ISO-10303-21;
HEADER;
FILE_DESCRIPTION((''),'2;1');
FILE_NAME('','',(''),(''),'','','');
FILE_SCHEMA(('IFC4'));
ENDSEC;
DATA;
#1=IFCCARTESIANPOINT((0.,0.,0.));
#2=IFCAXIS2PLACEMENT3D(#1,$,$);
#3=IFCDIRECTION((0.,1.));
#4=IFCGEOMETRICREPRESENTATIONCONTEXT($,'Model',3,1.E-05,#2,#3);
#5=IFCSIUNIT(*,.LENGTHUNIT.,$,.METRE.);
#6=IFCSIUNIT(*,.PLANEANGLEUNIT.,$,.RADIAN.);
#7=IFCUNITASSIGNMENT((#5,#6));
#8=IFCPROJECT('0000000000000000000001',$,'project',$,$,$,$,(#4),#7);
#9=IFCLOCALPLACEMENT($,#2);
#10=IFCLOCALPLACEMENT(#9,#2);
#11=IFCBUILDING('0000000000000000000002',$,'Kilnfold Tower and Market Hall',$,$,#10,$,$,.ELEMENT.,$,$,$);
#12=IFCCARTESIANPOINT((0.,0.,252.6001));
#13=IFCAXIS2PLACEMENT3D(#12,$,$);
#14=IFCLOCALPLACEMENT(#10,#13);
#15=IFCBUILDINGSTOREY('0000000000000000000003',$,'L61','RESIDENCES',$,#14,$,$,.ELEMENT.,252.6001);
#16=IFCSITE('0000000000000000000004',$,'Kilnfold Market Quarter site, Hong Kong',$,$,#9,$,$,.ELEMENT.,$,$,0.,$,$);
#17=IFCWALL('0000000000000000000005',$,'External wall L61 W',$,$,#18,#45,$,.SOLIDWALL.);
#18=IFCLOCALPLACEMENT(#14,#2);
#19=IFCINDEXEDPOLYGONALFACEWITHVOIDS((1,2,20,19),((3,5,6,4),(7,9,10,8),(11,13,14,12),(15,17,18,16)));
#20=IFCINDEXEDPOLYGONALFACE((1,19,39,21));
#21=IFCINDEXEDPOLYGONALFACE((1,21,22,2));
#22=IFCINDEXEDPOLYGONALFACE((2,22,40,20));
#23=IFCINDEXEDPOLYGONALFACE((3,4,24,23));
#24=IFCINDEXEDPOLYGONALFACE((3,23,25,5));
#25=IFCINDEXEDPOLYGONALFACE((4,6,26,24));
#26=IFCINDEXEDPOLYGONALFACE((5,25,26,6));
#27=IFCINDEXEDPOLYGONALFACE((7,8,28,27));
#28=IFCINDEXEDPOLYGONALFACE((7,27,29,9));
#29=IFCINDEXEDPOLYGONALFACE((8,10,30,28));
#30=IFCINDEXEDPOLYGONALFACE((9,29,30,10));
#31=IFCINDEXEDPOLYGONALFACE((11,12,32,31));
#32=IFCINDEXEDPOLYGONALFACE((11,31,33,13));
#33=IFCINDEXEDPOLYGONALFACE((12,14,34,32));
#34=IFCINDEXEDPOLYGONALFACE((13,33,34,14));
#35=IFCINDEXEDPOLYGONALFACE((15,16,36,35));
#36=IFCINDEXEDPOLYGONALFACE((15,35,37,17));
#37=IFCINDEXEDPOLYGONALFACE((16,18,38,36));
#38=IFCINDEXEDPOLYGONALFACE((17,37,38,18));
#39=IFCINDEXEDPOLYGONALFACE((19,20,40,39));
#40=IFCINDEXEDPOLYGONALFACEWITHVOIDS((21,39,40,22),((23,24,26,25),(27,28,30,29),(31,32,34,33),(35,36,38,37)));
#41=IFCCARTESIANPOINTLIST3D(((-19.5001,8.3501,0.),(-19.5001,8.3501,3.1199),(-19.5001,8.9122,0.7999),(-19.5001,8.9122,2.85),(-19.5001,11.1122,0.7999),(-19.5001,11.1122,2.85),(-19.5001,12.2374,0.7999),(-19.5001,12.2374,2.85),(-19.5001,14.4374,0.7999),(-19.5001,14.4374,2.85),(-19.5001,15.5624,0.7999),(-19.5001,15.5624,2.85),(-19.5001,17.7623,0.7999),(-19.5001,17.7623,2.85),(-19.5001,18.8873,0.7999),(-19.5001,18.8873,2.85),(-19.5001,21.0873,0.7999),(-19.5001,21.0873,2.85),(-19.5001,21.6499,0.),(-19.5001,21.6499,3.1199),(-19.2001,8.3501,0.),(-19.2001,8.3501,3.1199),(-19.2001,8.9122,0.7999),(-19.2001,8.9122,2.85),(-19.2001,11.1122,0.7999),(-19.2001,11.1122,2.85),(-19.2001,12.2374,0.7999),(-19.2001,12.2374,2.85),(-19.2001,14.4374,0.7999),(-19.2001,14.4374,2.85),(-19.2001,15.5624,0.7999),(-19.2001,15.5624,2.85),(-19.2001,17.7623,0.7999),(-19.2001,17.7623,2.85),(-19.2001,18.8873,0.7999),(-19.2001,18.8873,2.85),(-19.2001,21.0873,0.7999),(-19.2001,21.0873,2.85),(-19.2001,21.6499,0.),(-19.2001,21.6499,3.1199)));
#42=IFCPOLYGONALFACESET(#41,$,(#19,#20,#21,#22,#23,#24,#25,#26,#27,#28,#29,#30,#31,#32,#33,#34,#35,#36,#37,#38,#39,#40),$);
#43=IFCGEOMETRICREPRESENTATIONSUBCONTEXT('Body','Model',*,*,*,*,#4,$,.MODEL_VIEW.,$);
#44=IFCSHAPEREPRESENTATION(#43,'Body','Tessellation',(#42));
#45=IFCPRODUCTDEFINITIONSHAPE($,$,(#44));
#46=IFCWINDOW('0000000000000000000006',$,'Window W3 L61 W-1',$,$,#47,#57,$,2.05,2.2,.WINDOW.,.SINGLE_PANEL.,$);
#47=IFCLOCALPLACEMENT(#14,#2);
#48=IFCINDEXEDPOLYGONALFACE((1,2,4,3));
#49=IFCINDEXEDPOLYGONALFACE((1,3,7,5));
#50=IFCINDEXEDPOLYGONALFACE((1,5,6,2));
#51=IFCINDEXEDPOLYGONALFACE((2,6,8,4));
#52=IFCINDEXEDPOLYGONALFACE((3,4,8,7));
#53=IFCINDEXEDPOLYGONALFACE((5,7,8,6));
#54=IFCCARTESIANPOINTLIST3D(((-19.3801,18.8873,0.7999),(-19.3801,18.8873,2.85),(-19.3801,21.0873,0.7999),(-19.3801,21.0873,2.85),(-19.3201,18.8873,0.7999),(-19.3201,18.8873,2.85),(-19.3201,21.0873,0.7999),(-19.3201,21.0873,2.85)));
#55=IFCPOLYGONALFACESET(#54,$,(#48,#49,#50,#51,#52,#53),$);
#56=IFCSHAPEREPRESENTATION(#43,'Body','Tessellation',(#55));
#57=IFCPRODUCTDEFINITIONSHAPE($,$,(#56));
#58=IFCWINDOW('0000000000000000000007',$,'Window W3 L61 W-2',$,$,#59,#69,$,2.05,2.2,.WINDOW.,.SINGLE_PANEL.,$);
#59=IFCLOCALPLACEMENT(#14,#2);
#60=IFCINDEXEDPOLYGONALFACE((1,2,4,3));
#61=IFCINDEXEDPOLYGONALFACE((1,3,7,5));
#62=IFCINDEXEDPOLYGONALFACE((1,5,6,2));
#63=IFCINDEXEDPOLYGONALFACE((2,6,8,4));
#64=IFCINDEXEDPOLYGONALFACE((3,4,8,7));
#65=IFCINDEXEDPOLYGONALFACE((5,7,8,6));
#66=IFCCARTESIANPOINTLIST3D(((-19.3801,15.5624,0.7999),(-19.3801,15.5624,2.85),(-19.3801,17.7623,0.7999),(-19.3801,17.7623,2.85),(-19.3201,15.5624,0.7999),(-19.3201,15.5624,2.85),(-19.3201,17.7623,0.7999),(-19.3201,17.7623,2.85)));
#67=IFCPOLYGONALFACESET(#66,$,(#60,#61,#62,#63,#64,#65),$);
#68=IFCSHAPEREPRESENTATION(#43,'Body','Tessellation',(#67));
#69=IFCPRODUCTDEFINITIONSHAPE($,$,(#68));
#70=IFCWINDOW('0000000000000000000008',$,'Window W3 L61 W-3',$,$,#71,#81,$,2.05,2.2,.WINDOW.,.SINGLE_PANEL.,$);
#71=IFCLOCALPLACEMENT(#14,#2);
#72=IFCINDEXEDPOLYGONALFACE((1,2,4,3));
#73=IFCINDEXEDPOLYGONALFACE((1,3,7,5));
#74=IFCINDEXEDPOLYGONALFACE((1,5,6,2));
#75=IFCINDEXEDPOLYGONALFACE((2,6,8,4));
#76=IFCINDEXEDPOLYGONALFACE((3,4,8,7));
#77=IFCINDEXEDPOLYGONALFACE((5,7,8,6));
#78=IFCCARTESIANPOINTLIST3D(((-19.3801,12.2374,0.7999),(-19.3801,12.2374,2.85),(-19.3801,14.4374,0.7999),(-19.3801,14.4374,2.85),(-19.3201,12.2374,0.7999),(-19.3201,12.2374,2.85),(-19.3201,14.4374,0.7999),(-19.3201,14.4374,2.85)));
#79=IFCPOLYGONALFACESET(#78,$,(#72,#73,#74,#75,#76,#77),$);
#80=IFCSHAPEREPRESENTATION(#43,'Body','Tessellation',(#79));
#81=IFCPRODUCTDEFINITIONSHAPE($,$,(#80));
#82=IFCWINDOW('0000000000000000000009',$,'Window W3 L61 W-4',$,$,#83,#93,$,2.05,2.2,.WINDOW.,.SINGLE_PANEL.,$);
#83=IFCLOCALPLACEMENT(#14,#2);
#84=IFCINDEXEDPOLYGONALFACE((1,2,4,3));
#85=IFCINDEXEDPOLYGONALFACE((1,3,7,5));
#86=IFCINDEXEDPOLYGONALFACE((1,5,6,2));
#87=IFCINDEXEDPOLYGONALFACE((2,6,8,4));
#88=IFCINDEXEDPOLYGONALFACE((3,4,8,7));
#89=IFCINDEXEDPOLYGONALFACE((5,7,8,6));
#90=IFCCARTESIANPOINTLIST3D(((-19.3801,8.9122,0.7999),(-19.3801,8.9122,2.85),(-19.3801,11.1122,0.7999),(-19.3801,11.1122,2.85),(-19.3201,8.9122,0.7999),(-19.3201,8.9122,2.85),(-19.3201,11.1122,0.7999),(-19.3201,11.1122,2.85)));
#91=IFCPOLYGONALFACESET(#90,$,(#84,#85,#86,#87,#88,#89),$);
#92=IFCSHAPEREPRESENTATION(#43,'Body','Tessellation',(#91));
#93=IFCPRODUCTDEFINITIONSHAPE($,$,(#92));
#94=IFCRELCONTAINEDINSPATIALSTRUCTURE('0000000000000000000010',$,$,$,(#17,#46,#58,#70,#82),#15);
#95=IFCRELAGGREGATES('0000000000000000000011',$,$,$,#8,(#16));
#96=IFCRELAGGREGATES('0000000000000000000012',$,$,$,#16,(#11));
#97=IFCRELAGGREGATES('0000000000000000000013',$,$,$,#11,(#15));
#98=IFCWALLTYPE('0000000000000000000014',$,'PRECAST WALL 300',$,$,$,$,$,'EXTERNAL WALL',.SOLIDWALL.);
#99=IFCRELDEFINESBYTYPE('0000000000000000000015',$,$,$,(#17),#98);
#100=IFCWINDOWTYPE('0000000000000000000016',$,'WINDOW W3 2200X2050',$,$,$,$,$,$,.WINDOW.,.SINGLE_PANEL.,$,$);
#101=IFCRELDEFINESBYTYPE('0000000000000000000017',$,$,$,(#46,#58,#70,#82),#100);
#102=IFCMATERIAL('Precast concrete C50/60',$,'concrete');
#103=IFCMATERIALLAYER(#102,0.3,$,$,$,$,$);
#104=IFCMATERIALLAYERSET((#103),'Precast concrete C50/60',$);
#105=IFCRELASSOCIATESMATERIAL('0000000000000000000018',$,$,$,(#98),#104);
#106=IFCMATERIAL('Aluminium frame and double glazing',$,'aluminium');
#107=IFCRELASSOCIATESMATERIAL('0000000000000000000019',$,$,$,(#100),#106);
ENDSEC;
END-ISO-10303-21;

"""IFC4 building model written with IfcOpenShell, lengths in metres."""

from ifc_helpers import new_model, si_unit, direction, frame, frame_2d, origin, place, context, subcontext, project, spatial, rectangle, extrude, source, transform, mapped, material, layer, layer_set, type_object, element, fill, save


model = new_model("IFC4")

# Units and contexts
model_context = context("Model", 3, precision=1e-05, world=origin(), true_north=direction((0.0, 1.0)))
body_context = subcontext(model_context, "Body", "Model", "MODEL_VIEW")
ifc_project = project(units=[si_unit("LENGTHUNIT", "METRE"), si_unit("PLANEANGLEUNIT", "RADIAN")], contexts=[model_context])

# Site, building, storey
site_placement = place(None, origin())
site = spatial("IfcSite", under=ifc_project, at=site_placement, Name="Kilnfold Market Quarter site, Hong Kong", CompositionType="ELEMENT", RefElevation=0.0)
building_placement = place(site_placement, origin())
building = spatial("IfcBuilding", under=site, at=building_placement, Name="Kilnfold Tower and Market Hall", CompositionType="ELEMENT")
storey_placement = place(building_placement, frame((0.0, 0.0, 252.6001)))
storey = spatial("IfcBuildingStorey", under=building, at=storey_placement, Name="L61", Description="RESIDENCES", CompositionType="ELEMENT", Elevation=252.6001)

# Wall, openings, windows
ifc_material_1 = material(Name="Precast concrete C50/60", Category="concrete")
ifc_layer_1 = layer(ifc_material_1, 0.3)
ifc_layer_set_1 = layer_set([ifc_layer_1], Name="Precast concrete C50/60")
wall_type_1 = type_object("IfcWallType", Name="PRECAST WALL 300", ElementType="EXTERNAL WALL", PredefinedType="SOLIDWALL", material=ifc_layer_set_1)
shared_shape_1 = source(origin(), body_context, "Body", "SweptSolid", [
    extrude(rectangle(XDim=13.2998, YDim=0.3, at=frame_2d((6.6499, 0.0))), origin(), (0.0, 0.0, 1.0), 3.1199),
])
wall_1_placement = place(storey_placement, frame((-19.3501, 21.6499, 0.0), z_axis=(0.0, 0.0, 1.0), x_axis=(0.0, -1.0, 0.0)))
wall_1 = element("IfcWall", 1, at=wall_1_placement, inside=storey, type_object=wall_type_1, Name="External wall L61 W", PredefinedType="SOLIDWALL", context=body_context, shape_type="MappedRepresentation", body=[
    mapped(shared_shape_1, transform((0.0, 0.0, 0.0))),
])
opening_1_placement = place(wall_1_placement, frame((0.5625, 0.0, 0.8)))
opening_1 = element("IfcOpeningElement", 2, at=opening_1_placement, cuts=wall_1, PredefinedType="OPENING", context=body_context, shape_type="SweptSolid", body=[
    extrude(rectangle(XDim=2.2, YDim=2.05, at=frame_2d((1.1001, 1.0249))), frame((0.0, 0.1602, 0.0), z_axis=(0.0, -1.0, 0.0), x_axis=(1.0, 0.0, 0.0)), (0.0, 0.0, 1.0), 0.3201),
])
opening_2_placement = place(wall_1_placement, frame((3.8875, 0.0, 0.8)))
opening_2 = element("IfcOpeningElement", 3, at=opening_2_placement, cuts=wall_1, PredefinedType="OPENING", context=body_context, shape_type="SweptSolid", body=[
    extrude(rectangle(XDim=2.2, YDim=2.05, at=frame_2d((1.1001, 1.0249))), frame((0.0, 0.1602, 0.0), z_axis=(0.0, -1.0, 0.0), x_axis=(1.0, 0.0, 0.0)), (0.0, 0.0, 1.0), 0.3201),
])
opening_3_placement = place(wall_1_placement, frame((7.2124, 0.0, 0.8)))
opening_3 = element("IfcOpeningElement", 4, at=opening_3_placement, cuts=wall_1, PredefinedType="OPENING", context=body_context, shape_type="SweptSolid", body=[
    extrude(rectangle(XDim=2.2, YDim=2.05, at=frame_2d((1.1001, 1.0249))), frame((0.0, 0.1602, 0.0), z_axis=(0.0, -1.0, 0.0), x_axis=(1.0, 0.0, 0.0)), (0.0, 0.0, 1.0), 0.3201),
])
opening_4_placement = place(wall_1_placement, frame((10.5376, 0.0, 0.8)))
opening_4 = element("IfcOpeningElement", 5, at=opening_4_placement, cuts=wall_1, PredefinedType="OPENING", context=body_context, shape_type="SweptSolid", body=[
    extrude(rectangle(XDim=2.2, YDim=2.05, at=frame_2d((1.1001, 1.0249))), frame((0.0, 0.1602, 0.0), z_axis=(0.0, -1.0, 0.0), x_axis=(1.0, 0.0, 0.0)), (0.0, 0.0, 1.0), 0.3201),
])
ifc_material_2 = material(Name="Aluminium frame and double glazing", Category="aluminium")
window_type = type_object("IfcWindowType", Name="WINDOW W3 2200X2050", PartitioningType="SINGLE_PANEL", PredefinedType="WINDOW", material=ifc_material_2)
window_1_placement = place(opening_1_placement, origin())
window_1 = element("IfcWindow", 6, at=window_1_placement, inside=storey, type_object=window_type, Name="Window W3 L61 W-1", OverallHeight=2.05, OverallWidth=2.2, PartitioningType="SINGLE_PANEL", PredefinedType="WINDOW", context=body_context, shape_type="SweptSolid", body=[
    extrude(rectangle(XDim=2.2, YDim=2.05, at=frame_2d((1.1001, 1.0249))), frame((0.0, 0.03, 0.0), z_axis=(0.0, -1.0, 0.0), x_axis=(1.0, 0.0, 0.0)), (0.0, 0.0, 1.0), 0.0601),
])
fill(opening_1, window_1)
window_2_placement = place(opening_2_placement, origin())
window_2 = element("IfcWindow", 7, at=window_2_placement, inside=storey, type_object=window_type, Name="Window W3 L61 W-2", OverallHeight=2.05, OverallWidth=2.2, PartitioningType="SINGLE_PANEL", PredefinedType="WINDOW", context=body_context, shape_type="SweptSolid", body=[
    extrude(rectangle(XDim=2.2, YDim=2.05, at=frame_2d((1.1001, 1.0249))), frame((0.0, 0.03, 0.0), z_axis=(0.0, -1.0, 0.0), x_axis=(1.0, 0.0, 0.0)), (0.0, 0.0, 1.0), 0.0601),
])
fill(opening_2, window_2)
window_3_placement = place(opening_3_placement, origin())
window_3 = element("IfcWindow", 8, at=window_3_placement, inside=storey, type_object=window_type, Name="Window W3 L61 W-3", OverallHeight=2.05, OverallWidth=2.2, PartitioningType="SINGLE_PANEL", PredefinedType="WINDOW", context=body_context, shape_type="SweptSolid", body=[
    extrude(rectangle(XDim=2.2, YDim=2.05, at=frame_2d((1.1001, 1.0249))), frame((0.0, 0.03, 0.0), z_axis=(0.0, -1.0, 0.0), x_axis=(1.0, 0.0, 0.0)), (0.0, 0.0, 1.0), 0.0601),
])
fill(opening_3, window_3)
window_4_placement = place(opening_4_placement, origin())
window_4 = element("IfcWindow", 9, at=window_4_placement, inside=storey, type_object=window_type, Name="Window W3 L61 W-4", OverallHeight=2.05, OverallWidth=2.2, PartitioningType="SINGLE_PANEL", PredefinedType="WINDOW", context=body_context, shape_type="SweptSolid", body=[
    extrude(rectangle(XDim=2.2, YDim=2.05, at=frame_2d((1.1001, 1.0249))), frame((0.0, 0.03, 0.0), z_axis=(0.0, -1.0, 0.0), x_axis=(1.0, 0.0, 0.0)), (0.0, 0.0, 1.0), 0.0601),
])
fill(opening_4, window_4)

save(model, "model.ifc")
